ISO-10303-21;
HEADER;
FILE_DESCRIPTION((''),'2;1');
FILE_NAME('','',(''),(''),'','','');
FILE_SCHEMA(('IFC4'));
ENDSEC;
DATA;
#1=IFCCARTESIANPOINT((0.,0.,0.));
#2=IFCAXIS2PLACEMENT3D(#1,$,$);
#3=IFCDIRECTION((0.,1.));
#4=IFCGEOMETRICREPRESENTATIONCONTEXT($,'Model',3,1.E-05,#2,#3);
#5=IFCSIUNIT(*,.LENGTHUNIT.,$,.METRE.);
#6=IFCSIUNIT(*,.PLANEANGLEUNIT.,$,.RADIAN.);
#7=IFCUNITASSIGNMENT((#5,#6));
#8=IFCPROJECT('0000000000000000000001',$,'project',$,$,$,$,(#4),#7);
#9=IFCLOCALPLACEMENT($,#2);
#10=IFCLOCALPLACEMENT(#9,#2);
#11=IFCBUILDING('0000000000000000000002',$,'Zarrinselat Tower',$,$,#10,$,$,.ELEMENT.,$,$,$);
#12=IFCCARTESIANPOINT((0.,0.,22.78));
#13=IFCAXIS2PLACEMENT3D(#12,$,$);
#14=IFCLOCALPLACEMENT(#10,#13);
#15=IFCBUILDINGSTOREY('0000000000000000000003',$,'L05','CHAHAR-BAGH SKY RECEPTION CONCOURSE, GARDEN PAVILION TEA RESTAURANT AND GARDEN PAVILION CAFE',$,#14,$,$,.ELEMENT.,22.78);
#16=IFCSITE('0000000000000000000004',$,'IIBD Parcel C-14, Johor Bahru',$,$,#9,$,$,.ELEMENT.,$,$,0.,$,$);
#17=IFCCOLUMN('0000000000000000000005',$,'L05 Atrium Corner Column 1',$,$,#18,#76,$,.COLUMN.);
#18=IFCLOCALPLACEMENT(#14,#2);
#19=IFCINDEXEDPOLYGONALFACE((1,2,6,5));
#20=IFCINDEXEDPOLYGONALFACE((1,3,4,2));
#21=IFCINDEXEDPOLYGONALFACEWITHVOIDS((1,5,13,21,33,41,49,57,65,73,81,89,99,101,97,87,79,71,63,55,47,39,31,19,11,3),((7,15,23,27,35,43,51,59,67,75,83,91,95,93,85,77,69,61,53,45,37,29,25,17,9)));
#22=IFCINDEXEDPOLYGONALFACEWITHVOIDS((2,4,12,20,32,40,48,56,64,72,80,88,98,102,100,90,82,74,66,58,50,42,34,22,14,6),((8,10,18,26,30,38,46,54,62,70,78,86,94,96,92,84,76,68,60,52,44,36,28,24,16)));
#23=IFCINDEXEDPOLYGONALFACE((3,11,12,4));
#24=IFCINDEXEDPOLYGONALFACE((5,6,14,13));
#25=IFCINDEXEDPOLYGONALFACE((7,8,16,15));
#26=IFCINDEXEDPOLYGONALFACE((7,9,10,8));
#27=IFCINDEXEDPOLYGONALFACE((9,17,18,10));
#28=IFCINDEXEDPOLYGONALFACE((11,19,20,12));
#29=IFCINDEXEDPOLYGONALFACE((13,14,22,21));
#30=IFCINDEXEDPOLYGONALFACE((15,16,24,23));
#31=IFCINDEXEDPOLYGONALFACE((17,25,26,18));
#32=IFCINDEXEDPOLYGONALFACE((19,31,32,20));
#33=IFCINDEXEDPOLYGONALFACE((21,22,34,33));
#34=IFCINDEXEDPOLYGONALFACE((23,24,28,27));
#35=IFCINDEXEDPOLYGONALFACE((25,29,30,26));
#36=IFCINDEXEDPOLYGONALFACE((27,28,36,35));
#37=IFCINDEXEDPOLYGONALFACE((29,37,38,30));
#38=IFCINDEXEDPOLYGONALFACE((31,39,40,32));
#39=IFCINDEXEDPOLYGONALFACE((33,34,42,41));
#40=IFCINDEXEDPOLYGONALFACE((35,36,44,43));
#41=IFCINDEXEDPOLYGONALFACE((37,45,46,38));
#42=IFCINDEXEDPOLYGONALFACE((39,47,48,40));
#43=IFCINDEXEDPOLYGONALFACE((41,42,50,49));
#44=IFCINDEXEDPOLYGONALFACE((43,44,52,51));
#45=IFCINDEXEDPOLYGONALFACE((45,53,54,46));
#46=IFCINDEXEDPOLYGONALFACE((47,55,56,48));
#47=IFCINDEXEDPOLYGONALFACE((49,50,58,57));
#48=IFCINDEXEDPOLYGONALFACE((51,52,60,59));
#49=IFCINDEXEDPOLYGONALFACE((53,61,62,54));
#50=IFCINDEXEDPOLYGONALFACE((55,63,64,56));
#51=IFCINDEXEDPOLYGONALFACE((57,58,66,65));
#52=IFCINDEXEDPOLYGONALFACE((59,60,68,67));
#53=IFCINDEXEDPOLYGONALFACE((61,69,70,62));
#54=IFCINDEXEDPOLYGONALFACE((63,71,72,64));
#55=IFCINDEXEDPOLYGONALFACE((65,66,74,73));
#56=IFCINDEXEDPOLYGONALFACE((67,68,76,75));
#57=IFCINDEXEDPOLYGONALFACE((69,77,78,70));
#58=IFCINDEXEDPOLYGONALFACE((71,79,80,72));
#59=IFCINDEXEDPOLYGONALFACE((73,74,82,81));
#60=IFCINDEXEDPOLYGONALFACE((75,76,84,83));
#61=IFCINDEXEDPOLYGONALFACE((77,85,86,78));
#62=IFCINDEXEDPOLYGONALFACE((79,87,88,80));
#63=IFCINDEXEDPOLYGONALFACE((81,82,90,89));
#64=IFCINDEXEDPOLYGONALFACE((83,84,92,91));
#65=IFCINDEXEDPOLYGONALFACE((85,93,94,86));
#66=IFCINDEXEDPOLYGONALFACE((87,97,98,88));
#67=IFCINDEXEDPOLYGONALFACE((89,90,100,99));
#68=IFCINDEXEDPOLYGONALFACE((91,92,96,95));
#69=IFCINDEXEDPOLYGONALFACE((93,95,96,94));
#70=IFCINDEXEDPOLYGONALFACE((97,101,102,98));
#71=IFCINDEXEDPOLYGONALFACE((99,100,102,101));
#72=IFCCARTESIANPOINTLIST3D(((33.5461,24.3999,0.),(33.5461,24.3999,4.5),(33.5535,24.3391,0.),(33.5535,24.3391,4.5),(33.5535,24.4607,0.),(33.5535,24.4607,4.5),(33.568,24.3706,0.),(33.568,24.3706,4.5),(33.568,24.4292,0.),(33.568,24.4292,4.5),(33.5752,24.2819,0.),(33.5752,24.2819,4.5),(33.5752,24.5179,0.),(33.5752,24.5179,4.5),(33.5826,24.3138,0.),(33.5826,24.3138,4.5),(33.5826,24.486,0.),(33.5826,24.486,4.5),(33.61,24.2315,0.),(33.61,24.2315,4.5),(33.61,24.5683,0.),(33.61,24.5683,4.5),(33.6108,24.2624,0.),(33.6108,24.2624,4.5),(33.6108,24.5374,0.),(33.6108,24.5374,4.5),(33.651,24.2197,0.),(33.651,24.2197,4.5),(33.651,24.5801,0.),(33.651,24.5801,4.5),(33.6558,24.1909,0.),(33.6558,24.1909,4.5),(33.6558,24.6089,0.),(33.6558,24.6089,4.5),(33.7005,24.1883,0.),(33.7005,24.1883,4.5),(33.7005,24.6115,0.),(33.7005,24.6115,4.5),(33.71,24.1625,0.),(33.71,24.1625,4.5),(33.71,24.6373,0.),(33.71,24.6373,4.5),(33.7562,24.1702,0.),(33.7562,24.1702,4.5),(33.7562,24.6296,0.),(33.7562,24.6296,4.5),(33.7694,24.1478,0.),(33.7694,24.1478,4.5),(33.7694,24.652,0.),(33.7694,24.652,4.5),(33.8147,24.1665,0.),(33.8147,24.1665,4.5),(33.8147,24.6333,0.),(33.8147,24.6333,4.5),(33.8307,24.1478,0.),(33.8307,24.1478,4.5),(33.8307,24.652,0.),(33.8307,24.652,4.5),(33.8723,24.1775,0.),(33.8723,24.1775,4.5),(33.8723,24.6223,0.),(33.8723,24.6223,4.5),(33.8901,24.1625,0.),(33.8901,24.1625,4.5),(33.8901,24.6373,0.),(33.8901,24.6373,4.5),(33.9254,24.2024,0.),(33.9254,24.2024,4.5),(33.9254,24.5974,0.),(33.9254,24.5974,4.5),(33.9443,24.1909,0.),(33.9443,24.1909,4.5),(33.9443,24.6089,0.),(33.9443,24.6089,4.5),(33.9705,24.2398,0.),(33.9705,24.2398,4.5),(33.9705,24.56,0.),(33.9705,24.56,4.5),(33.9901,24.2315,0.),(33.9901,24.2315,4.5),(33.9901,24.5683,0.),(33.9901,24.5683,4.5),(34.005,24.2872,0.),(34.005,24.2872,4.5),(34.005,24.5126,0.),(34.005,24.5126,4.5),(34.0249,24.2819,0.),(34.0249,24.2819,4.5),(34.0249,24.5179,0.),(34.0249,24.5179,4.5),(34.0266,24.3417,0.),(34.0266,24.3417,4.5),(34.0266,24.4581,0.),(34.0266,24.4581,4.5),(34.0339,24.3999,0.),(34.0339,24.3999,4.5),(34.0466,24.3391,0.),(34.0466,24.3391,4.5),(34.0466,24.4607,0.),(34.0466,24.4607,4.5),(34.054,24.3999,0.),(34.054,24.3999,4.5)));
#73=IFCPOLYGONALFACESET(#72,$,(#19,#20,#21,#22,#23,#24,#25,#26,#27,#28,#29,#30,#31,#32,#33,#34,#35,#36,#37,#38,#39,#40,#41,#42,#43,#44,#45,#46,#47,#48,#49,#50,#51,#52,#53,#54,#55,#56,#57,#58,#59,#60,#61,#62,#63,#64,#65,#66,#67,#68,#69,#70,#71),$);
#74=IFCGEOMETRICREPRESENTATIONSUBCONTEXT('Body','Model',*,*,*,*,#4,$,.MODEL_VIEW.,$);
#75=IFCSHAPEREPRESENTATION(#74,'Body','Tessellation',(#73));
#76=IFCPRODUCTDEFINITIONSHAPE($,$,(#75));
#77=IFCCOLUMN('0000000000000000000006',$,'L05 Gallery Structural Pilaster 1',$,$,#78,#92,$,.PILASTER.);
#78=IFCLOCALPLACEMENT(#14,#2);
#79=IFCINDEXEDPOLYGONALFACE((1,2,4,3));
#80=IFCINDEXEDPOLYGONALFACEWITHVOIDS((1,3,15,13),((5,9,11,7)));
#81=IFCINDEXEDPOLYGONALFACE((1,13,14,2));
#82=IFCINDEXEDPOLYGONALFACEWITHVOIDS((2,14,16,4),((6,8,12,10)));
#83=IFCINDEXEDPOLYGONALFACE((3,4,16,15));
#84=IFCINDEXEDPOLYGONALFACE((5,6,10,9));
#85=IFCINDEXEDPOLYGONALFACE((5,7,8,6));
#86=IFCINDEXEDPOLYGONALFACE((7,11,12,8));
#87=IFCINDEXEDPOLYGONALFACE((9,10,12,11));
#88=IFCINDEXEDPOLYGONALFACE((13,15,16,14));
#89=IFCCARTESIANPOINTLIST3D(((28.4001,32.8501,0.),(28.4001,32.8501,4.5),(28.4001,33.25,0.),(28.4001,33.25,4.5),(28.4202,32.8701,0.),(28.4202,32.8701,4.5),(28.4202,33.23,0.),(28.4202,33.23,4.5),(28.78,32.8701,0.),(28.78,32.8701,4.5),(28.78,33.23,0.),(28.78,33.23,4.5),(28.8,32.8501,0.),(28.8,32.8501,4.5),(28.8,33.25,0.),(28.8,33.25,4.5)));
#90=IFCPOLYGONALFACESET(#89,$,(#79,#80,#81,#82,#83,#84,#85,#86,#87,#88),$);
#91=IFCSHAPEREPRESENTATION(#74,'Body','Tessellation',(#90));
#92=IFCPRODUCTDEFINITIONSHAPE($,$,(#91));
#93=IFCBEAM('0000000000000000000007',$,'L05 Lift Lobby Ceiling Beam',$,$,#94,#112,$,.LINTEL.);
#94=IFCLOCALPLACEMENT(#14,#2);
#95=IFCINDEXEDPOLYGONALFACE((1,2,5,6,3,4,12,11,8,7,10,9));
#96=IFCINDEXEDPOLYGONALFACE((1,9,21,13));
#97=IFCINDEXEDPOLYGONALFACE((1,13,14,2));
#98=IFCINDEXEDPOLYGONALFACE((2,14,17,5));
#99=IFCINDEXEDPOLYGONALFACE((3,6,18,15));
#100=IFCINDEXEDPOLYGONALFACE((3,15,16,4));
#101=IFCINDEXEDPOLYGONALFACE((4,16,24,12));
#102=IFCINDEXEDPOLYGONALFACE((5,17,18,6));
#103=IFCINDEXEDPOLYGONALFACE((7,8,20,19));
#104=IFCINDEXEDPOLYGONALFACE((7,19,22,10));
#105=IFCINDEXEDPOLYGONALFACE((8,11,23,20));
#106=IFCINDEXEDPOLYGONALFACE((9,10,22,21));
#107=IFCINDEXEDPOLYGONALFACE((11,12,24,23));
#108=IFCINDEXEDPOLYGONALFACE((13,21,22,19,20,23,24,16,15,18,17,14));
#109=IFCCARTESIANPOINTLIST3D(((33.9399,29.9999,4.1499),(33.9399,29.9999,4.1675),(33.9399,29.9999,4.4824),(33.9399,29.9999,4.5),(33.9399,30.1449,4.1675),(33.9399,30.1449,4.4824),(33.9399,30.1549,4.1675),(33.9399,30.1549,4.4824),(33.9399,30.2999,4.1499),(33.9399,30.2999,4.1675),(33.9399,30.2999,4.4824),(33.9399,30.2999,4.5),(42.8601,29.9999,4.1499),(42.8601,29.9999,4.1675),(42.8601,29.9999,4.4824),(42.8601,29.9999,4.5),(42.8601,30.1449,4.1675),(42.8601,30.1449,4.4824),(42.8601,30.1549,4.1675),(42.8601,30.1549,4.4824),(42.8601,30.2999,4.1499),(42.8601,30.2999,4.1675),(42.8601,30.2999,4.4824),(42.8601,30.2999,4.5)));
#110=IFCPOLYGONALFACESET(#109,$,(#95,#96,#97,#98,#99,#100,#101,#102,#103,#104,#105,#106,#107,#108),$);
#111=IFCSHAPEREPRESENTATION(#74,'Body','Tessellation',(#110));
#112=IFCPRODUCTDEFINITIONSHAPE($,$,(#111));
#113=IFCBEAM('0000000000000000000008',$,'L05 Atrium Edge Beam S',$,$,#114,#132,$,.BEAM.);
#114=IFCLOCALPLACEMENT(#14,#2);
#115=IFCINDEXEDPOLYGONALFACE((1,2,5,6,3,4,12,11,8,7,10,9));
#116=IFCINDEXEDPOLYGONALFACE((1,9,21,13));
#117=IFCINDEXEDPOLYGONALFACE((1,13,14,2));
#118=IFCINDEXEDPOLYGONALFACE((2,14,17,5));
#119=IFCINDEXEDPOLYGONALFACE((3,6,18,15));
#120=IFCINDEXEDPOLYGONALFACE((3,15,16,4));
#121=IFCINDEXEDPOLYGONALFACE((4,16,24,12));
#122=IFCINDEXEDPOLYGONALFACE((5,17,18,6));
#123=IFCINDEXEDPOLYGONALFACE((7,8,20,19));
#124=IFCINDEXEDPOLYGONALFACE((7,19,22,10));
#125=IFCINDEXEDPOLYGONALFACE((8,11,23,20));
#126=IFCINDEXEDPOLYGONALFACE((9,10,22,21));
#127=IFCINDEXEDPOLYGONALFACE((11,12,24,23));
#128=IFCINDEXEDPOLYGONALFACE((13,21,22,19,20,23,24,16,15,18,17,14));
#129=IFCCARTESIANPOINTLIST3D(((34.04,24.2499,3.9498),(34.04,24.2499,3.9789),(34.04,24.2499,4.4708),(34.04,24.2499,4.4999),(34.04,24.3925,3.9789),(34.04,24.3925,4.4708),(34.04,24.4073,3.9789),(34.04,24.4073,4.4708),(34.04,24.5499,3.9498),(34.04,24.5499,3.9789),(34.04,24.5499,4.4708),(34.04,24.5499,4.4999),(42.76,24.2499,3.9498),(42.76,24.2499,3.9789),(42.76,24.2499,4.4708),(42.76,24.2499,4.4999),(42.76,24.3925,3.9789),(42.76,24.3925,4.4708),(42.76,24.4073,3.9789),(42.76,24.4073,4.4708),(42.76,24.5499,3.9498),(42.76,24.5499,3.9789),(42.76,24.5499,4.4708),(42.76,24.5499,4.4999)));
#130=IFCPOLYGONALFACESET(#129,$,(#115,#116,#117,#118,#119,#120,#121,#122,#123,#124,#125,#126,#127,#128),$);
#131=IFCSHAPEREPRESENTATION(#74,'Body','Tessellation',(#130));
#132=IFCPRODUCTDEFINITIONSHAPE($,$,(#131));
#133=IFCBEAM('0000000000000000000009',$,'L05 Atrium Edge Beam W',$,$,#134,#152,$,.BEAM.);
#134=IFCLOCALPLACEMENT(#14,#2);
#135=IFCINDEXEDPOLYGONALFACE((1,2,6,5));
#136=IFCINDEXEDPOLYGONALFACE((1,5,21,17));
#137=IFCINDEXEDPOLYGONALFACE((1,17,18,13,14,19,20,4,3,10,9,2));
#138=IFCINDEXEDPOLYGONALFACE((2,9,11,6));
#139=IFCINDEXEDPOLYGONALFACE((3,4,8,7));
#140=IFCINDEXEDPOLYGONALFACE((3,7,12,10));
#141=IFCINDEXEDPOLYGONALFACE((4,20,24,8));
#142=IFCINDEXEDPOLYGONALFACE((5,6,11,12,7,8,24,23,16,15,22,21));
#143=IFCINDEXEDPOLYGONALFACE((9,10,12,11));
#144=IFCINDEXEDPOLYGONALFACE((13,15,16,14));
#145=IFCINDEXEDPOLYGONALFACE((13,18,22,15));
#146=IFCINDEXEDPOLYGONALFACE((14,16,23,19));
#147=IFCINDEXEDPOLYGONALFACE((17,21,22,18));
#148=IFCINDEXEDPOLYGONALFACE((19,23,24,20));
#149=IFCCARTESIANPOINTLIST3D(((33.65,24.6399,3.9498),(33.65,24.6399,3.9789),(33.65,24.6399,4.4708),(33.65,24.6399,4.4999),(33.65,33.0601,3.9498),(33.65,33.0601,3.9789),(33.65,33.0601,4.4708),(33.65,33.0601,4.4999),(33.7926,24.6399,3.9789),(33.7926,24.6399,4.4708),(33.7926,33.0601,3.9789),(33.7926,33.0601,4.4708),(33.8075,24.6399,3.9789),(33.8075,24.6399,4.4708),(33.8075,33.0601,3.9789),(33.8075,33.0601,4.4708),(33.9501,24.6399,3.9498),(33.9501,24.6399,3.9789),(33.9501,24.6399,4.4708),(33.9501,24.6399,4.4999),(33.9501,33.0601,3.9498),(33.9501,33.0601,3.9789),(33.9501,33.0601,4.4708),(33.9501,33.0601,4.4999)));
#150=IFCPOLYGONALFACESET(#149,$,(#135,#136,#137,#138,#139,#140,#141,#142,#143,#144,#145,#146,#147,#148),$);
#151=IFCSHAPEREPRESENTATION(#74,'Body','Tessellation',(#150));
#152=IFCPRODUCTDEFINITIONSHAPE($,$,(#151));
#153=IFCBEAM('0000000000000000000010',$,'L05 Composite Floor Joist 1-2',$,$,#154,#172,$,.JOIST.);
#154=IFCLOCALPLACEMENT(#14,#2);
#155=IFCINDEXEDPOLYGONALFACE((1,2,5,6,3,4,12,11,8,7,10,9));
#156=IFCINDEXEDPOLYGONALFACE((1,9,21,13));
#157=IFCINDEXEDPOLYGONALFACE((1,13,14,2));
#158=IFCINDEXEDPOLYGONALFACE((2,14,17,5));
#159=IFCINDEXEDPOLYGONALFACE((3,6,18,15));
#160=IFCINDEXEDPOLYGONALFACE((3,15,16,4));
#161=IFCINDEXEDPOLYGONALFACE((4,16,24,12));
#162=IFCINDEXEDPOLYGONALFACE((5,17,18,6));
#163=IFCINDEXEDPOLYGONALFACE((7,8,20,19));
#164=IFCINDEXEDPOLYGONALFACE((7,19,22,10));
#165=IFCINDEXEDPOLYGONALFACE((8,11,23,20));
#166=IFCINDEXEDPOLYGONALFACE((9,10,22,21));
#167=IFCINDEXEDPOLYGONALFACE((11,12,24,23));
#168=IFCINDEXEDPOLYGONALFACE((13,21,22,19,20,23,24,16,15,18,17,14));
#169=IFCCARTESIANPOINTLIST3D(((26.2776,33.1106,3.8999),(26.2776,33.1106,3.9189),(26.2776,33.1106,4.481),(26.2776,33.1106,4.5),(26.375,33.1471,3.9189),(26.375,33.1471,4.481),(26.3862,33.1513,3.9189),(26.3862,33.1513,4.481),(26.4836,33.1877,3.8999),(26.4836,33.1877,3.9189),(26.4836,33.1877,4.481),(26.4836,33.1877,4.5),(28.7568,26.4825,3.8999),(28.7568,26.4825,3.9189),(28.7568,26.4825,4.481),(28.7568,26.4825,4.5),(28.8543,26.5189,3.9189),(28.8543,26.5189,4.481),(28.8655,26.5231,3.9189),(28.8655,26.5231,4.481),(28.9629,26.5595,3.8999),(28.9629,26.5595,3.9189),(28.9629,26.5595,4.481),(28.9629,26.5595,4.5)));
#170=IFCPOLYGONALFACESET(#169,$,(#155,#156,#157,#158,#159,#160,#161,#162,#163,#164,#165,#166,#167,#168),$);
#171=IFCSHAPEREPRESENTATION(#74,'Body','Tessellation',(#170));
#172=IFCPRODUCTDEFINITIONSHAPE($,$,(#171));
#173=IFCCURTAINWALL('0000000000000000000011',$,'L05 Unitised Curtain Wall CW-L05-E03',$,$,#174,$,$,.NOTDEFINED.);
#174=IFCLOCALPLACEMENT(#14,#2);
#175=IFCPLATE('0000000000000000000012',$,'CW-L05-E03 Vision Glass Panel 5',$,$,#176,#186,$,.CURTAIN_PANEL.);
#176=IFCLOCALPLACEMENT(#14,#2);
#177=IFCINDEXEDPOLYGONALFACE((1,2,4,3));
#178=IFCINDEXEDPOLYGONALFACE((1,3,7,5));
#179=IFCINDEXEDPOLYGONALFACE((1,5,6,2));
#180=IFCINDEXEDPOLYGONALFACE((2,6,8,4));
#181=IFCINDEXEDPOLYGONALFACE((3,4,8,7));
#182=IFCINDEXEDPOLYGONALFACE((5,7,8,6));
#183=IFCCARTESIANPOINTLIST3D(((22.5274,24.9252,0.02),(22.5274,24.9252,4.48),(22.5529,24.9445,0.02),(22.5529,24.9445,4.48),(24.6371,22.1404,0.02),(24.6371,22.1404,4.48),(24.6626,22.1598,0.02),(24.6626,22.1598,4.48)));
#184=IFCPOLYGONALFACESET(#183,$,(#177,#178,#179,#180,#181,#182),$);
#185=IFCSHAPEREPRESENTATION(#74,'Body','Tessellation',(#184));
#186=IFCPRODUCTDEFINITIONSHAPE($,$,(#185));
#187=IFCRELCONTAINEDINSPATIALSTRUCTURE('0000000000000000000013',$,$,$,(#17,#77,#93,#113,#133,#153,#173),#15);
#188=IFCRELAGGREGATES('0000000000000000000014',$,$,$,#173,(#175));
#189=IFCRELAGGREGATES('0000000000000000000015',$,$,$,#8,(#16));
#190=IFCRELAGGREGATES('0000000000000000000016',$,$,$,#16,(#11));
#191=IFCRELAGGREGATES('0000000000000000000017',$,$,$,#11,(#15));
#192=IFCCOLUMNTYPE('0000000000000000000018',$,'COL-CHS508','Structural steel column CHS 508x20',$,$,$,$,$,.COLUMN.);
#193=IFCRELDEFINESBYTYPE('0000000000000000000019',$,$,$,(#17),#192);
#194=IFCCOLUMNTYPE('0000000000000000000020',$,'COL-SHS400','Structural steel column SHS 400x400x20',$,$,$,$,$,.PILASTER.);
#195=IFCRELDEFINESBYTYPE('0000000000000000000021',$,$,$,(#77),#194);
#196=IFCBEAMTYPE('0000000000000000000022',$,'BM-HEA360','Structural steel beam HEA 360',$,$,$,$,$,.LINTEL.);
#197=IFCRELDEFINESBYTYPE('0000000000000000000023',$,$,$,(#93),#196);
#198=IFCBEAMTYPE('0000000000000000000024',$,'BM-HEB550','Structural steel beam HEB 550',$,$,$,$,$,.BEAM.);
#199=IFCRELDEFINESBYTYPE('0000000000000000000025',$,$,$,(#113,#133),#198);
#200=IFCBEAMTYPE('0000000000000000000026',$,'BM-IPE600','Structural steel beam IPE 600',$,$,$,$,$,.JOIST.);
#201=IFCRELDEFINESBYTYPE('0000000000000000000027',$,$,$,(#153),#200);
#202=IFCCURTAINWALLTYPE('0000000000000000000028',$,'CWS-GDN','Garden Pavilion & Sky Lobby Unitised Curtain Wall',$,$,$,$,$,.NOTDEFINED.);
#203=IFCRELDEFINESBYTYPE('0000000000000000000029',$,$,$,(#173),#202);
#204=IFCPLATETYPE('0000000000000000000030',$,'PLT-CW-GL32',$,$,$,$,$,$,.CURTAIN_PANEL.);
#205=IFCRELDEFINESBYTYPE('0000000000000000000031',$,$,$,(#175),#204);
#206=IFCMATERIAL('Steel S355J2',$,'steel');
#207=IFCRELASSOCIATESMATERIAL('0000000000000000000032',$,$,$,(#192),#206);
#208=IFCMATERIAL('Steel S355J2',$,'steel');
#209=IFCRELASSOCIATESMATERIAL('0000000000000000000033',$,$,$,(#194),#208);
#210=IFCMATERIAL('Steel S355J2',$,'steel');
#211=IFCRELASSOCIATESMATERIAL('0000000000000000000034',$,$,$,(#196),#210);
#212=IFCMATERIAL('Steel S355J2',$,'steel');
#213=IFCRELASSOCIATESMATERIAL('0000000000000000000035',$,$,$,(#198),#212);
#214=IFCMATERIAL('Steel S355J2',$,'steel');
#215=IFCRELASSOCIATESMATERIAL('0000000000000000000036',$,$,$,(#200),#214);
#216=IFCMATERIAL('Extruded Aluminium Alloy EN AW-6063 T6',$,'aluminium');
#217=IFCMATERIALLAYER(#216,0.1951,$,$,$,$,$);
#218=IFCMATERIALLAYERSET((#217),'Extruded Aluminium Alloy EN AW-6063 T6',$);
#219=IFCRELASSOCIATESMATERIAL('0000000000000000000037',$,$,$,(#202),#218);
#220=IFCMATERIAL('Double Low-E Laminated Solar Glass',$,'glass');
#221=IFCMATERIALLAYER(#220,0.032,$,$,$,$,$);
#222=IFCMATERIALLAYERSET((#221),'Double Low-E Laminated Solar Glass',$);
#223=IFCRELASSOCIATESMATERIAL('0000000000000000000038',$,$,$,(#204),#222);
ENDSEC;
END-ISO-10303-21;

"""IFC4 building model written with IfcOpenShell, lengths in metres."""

from ifc_helpers import new_model, si_unit, direction, frame, origin, origin_2d, place, context, subcontext, project, spatial, rectangle, hollow_rectangle, hollow_circle, i_section, extrude, material, layer, layer_set, material_profile, profile_set, type_object, element, aggregate, save


model = new_model("IFC4")

# Units and contexts
model_context = context("Model", 3, precision=1e-05, world=origin(), true_north=direction((0.0, 1.0)))
body_context = subcontext(model_context, "Body", "Model", "MODEL_VIEW")
ifc_project = project(units=[si_unit("LENGTHUNIT", "METRE"), si_unit("PLANEANGLEUNIT", "RADIAN")], contexts=[model_context])

# Site, building, storey
site_placement = place(None, origin())
site = spatial("IfcSite", under=ifc_project, at=site_placement, Name="IIBD Parcel C-14, Johor Bahru", CompositionType="ELEMENT", RefElevation=0.0)
building_placement = place(site_placement, origin())
building = spatial("IfcBuilding", under=site, at=building_placement, Name="Zarrinselat Tower", CompositionType="ELEMENT")
storey_placement = place(building_placement, frame((0.0, 0.0, 22.78)))
storey = spatial("IfcBuildingStorey", under=building, at=storey_placement, Name="L05", Description="CHAHAR-BAGH SKY RECEPTION CONCOURSE, GARDEN PAVILION TEA RESTAURANT AND GARDEN PAVILION CAFE", CompositionType="ELEMENT", Elevation=22.78)

# Columns
ifc_material_1 = material(Name="Steel S355J2", Category="steel")
ifc_material_profile_1 = material_profile(ifc_material_1, hollow_circle(Radius=0.2539, WallThickness=0.02, at=origin_2d()), Name="CHS 508x20")
ifc_profile_set_1 = profile_set([ifc_material_profile_1], Name="Steel S355J2")
column_type_1 = type_object("IfcColumnType", Name="COL-CHS508", Description="Structural steel column CHS 508x20", PredefinedType="COLUMN", material=ifc_profile_set_1)
column_1_placement = place(storey_placement, frame((33.8, 24.3999, 0.0), z_axis=(0.0, 0.0, 1.0), x_axis=(1.0, 0.0, 0.0)))
element("IfcColumn", 1, at=column_1_placement, inside=storey, type_object=column_type_1, Name="L05 Atrium Corner Column 1", PredefinedType="COLUMN", context=body_context, shape_type="SweptSolid", body=[
    extrude(hollow_circle(Radius=0.2539, WallThickness=0.02, at=origin_2d()), origin(), (0.0, 0.0, 1.0), 4.5),
])
ifc_material_2 = material(Name="Steel S355J2", Category="steel")
ifc_material_profile_2 = material_profile(ifc_material_2, hollow_rectangle(XDim=0.3999, YDim=0.3999, WallThickness=0.02, at=origin_2d()), Name="SHS 400x400x20")
ifc_profile_set_2 = profile_set([ifc_material_profile_2], Name="Steel S355J2")
column_type_2 = type_object("IfcColumnType", Name="COL-SHS400", Description="Structural steel column SHS 400x400x20", PredefinedType="PILASTER", material=ifc_profile_set_2)
column_2_placement = place(storey_placement, frame((28.6001, 33.05, 0.0), z_axis=(0.0, 0.0, 1.0), x_axis=(1.0, 0.0, 0.0)))
element("IfcColumn", 2, at=column_2_placement, inside=storey, type_object=column_type_2, Name="L05 Gallery Structural Pilaster 1", PredefinedType="PILASTER", context=body_context, shape_type="SweptSolid", body=[
    extrude(hollow_rectangle(XDim=0.3999, YDim=0.3999, WallThickness=0.02, at=origin_2d()), origin(), (0.0, 0.0, 1.0), 4.5),
])

# Beams
ifc_material_3 = material(Name="Steel S355J2", Category="steel")
ifc_material_profile_3 = material_profile(ifc_material_3, i_section(OverallWidth=0.3, OverallDepth=0.3501, WebThickness=0.01, FlangeThickness=0.0176, at=origin_2d()), Name="HEA 360")
ifc_profile_set_3 = profile_set([ifc_material_profile_3], Name="Steel S355J2")
beam_type_1 = type_object("IfcBeamType", Name="BM-HEA360", Description="Structural steel beam HEA 360", PredefinedType="LINTEL", material=ifc_profile_set_3)
beam_1_placement = place(storey_placement, frame((33.9399, 30.1499, 4.325), z_axis=(1.0, 0.0, 0.0), x_axis=(0.0, 1.0, 0.0)))
element("IfcBeam", 3, at=beam_1_placement, inside=storey, type_object=beam_type_1, Name="L05 Lift Lobby Ceiling Beam", PredefinedType="LINTEL", context=body_context, shape_type="SweptSolid", body=[
    extrude(i_section(OverallWidth=0.3, OverallDepth=0.3501, WebThickness=0.01, FlangeThickness=0.0176, at=origin_2d()), origin(), (0.0, 0.0, 1.0), 8.9202),
])
ifc_material_4 = material(Name="Steel S355J2", Category="steel")
ifc_material_profile_4 = material_profile(ifc_material_4, i_section(OverallWidth=0.3, OverallDepth=0.55, WebThickness=0.0149, FlangeThickness=0.0291, at=origin_2d()), Name="HEB 550")
ifc_profile_set_4 = profile_set([ifc_material_profile_4], Name="Steel S355J2")
beam_type_2 = type_object("IfcBeamType", Name="BM-HEB550", Description="Structural steel beam HEB 550", PredefinedType="BEAM", material=ifc_profile_set_4)
beam_2_placement = place(storey_placement, frame((34.04, 24.3999, 4.2249), z_axis=(1.0, 0.0, 0.0), x_axis=(0.0, 1.0, 0.0)))
element("IfcBeam", 4, at=beam_2_placement, inside=storey, type_object=beam_type_2, Name="L05 Atrium Edge Beam S", PredefinedType="BEAM", context=body_context, shape_type="SweptSolid", body=[
    extrude(i_section(OverallWidth=0.3, OverallDepth=0.55, WebThickness=0.0149, FlangeThickness=0.0291, at=origin_2d()), origin(), (0.0, 0.0, 1.0), 8.72),
])
beam_3_placement = place(storey_placement, frame((33.8, 24.6399, 4.2249), z_axis=(0.0, 1.0, 0.0), x_axis=(-1.0, 0.0, 0.0)))
element("IfcBeam", 5, at=beam_3_placement, inside=storey, type_object=beam_type_2, Name="L05 Atrium Edge Beam W", PredefinedType="BEAM", context=body_context, shape_type="SweptSolid", body=[
    extrude(i_section(OverallWidth=0.3, OverallDepth=0.55, WebThickness=0.0149, FlangeThickness=0.0291, at=origin_2d()), origin(), (0.0, 0.0, 1.0), 8.4202),
])
ifc_material_5 = material(Name="Steel S355J2", Category="steel")
ifc_material_profile_5 = material_profile(ifc_material_5, i_section(OverallWidth=0.22, OverallDepth=0.6001, WebThickness=0.012, FlangeThickness=0.019, at=origin_2d()), Name="IPE 600")
ifc_profile_set_5 = profile_set([ifc_material_profile_5], Name="Steel S355J2")
beam_type_3 = type_object("IfcBeamType", Name="BM-IPE600", Description="Structural steel beam IPE 600", PredefinedType="JOIST", material=ifc_profile_set_5)
beam_4_placement = place(storey_placement, frame((26.3806, 33.1492, 4.2), z_axis=(0.350341, -0.936622, 0.0), x_axis=(0.936622, 0.350341, 0.0)))
element("IfcBeam", 6, at=beam_4_placement, inside=storey, type_object=beam_type_3, Name="L05 Composite Floor Joist 1-2", PredefinedType="JOIST", context=body_context, shape_type="SweptSolid", body=[
    extrude(i_section(OverallWidth=0.22, OverallDepth=0.6001, WebThickness=0.012, FlangeThickness=0.019, at=origin_2d()), origin(), (0.0, 0.0, 1.0), 7.0767),
])

# Curtain wall, plate
ifc_material_6 = material(Name="Extruded Aluminium Alloy EN AW-6063 T6", Category="aluminium")
ifc_layer_1 = layer(ifc_material_6, 0.1951)
ifc_layer_set_1 = layer_set([ifc_layer_1], Name="Extruded Aluminium Alloy EN AW-6063 T6")
curtain_wall_type = type_object("IfcCurtainWallType", Name="CWS-GDN", Description="Garden Pavilion & Sky Lobby Unitised Curtain Wall", PredefinedType="NOTDEFINED", material=ifc_layer_set_1)
curtain_wall_placement = place(storey_placement, origin())
curtain_wall = element("IfcCurtainWall", 7, at=curtain_wall_placement, inside=storey, type_object=curtain_wall_type, Name="L05 Unitised Curtain Wall CW-L05-E03", PredefinedType="NOTDEFINED")
ifc_material_7 = material(Name="Double Low-E Laminated Solar Glass", Category="glass")
ifc_layer_2 = layer(ifc_material_7, 0.032)
ifc_layer_set_2 = layer_set([ifc_layer_2], Name="Double Low-E Laminated Solar Glass")
plate_type = type_object("IfcPlateType", Name="PLT-CW-GL32", PredefinedType="CURTAIN_PANEL", material=ifc_layer_set_2)
plate_placement = place(storey_placement, frame((23.595, 23.5425, 0.02), z_axis=(0.0, 0.0, 1.0), x_axis=(0.603858, -0.797092, 0.0)))
plate = element("IfcPlate", 8, at=plate_placement, type_object=plate_type, Name="CW-L05-E03 Vision Glass Panel 5", PredefinedType="CURTAIN_PANEL", context=body_context, shape_type="SweptSolid", body=[
    extrude(rectangle(XDim=3.4937, YDim=0.032, at=origin_2d()), origin(), (0.0, 0.0, 1.0), 4.46),
])
aggregate(curtain_wall, [plate])

save(model, "model.ifc")
